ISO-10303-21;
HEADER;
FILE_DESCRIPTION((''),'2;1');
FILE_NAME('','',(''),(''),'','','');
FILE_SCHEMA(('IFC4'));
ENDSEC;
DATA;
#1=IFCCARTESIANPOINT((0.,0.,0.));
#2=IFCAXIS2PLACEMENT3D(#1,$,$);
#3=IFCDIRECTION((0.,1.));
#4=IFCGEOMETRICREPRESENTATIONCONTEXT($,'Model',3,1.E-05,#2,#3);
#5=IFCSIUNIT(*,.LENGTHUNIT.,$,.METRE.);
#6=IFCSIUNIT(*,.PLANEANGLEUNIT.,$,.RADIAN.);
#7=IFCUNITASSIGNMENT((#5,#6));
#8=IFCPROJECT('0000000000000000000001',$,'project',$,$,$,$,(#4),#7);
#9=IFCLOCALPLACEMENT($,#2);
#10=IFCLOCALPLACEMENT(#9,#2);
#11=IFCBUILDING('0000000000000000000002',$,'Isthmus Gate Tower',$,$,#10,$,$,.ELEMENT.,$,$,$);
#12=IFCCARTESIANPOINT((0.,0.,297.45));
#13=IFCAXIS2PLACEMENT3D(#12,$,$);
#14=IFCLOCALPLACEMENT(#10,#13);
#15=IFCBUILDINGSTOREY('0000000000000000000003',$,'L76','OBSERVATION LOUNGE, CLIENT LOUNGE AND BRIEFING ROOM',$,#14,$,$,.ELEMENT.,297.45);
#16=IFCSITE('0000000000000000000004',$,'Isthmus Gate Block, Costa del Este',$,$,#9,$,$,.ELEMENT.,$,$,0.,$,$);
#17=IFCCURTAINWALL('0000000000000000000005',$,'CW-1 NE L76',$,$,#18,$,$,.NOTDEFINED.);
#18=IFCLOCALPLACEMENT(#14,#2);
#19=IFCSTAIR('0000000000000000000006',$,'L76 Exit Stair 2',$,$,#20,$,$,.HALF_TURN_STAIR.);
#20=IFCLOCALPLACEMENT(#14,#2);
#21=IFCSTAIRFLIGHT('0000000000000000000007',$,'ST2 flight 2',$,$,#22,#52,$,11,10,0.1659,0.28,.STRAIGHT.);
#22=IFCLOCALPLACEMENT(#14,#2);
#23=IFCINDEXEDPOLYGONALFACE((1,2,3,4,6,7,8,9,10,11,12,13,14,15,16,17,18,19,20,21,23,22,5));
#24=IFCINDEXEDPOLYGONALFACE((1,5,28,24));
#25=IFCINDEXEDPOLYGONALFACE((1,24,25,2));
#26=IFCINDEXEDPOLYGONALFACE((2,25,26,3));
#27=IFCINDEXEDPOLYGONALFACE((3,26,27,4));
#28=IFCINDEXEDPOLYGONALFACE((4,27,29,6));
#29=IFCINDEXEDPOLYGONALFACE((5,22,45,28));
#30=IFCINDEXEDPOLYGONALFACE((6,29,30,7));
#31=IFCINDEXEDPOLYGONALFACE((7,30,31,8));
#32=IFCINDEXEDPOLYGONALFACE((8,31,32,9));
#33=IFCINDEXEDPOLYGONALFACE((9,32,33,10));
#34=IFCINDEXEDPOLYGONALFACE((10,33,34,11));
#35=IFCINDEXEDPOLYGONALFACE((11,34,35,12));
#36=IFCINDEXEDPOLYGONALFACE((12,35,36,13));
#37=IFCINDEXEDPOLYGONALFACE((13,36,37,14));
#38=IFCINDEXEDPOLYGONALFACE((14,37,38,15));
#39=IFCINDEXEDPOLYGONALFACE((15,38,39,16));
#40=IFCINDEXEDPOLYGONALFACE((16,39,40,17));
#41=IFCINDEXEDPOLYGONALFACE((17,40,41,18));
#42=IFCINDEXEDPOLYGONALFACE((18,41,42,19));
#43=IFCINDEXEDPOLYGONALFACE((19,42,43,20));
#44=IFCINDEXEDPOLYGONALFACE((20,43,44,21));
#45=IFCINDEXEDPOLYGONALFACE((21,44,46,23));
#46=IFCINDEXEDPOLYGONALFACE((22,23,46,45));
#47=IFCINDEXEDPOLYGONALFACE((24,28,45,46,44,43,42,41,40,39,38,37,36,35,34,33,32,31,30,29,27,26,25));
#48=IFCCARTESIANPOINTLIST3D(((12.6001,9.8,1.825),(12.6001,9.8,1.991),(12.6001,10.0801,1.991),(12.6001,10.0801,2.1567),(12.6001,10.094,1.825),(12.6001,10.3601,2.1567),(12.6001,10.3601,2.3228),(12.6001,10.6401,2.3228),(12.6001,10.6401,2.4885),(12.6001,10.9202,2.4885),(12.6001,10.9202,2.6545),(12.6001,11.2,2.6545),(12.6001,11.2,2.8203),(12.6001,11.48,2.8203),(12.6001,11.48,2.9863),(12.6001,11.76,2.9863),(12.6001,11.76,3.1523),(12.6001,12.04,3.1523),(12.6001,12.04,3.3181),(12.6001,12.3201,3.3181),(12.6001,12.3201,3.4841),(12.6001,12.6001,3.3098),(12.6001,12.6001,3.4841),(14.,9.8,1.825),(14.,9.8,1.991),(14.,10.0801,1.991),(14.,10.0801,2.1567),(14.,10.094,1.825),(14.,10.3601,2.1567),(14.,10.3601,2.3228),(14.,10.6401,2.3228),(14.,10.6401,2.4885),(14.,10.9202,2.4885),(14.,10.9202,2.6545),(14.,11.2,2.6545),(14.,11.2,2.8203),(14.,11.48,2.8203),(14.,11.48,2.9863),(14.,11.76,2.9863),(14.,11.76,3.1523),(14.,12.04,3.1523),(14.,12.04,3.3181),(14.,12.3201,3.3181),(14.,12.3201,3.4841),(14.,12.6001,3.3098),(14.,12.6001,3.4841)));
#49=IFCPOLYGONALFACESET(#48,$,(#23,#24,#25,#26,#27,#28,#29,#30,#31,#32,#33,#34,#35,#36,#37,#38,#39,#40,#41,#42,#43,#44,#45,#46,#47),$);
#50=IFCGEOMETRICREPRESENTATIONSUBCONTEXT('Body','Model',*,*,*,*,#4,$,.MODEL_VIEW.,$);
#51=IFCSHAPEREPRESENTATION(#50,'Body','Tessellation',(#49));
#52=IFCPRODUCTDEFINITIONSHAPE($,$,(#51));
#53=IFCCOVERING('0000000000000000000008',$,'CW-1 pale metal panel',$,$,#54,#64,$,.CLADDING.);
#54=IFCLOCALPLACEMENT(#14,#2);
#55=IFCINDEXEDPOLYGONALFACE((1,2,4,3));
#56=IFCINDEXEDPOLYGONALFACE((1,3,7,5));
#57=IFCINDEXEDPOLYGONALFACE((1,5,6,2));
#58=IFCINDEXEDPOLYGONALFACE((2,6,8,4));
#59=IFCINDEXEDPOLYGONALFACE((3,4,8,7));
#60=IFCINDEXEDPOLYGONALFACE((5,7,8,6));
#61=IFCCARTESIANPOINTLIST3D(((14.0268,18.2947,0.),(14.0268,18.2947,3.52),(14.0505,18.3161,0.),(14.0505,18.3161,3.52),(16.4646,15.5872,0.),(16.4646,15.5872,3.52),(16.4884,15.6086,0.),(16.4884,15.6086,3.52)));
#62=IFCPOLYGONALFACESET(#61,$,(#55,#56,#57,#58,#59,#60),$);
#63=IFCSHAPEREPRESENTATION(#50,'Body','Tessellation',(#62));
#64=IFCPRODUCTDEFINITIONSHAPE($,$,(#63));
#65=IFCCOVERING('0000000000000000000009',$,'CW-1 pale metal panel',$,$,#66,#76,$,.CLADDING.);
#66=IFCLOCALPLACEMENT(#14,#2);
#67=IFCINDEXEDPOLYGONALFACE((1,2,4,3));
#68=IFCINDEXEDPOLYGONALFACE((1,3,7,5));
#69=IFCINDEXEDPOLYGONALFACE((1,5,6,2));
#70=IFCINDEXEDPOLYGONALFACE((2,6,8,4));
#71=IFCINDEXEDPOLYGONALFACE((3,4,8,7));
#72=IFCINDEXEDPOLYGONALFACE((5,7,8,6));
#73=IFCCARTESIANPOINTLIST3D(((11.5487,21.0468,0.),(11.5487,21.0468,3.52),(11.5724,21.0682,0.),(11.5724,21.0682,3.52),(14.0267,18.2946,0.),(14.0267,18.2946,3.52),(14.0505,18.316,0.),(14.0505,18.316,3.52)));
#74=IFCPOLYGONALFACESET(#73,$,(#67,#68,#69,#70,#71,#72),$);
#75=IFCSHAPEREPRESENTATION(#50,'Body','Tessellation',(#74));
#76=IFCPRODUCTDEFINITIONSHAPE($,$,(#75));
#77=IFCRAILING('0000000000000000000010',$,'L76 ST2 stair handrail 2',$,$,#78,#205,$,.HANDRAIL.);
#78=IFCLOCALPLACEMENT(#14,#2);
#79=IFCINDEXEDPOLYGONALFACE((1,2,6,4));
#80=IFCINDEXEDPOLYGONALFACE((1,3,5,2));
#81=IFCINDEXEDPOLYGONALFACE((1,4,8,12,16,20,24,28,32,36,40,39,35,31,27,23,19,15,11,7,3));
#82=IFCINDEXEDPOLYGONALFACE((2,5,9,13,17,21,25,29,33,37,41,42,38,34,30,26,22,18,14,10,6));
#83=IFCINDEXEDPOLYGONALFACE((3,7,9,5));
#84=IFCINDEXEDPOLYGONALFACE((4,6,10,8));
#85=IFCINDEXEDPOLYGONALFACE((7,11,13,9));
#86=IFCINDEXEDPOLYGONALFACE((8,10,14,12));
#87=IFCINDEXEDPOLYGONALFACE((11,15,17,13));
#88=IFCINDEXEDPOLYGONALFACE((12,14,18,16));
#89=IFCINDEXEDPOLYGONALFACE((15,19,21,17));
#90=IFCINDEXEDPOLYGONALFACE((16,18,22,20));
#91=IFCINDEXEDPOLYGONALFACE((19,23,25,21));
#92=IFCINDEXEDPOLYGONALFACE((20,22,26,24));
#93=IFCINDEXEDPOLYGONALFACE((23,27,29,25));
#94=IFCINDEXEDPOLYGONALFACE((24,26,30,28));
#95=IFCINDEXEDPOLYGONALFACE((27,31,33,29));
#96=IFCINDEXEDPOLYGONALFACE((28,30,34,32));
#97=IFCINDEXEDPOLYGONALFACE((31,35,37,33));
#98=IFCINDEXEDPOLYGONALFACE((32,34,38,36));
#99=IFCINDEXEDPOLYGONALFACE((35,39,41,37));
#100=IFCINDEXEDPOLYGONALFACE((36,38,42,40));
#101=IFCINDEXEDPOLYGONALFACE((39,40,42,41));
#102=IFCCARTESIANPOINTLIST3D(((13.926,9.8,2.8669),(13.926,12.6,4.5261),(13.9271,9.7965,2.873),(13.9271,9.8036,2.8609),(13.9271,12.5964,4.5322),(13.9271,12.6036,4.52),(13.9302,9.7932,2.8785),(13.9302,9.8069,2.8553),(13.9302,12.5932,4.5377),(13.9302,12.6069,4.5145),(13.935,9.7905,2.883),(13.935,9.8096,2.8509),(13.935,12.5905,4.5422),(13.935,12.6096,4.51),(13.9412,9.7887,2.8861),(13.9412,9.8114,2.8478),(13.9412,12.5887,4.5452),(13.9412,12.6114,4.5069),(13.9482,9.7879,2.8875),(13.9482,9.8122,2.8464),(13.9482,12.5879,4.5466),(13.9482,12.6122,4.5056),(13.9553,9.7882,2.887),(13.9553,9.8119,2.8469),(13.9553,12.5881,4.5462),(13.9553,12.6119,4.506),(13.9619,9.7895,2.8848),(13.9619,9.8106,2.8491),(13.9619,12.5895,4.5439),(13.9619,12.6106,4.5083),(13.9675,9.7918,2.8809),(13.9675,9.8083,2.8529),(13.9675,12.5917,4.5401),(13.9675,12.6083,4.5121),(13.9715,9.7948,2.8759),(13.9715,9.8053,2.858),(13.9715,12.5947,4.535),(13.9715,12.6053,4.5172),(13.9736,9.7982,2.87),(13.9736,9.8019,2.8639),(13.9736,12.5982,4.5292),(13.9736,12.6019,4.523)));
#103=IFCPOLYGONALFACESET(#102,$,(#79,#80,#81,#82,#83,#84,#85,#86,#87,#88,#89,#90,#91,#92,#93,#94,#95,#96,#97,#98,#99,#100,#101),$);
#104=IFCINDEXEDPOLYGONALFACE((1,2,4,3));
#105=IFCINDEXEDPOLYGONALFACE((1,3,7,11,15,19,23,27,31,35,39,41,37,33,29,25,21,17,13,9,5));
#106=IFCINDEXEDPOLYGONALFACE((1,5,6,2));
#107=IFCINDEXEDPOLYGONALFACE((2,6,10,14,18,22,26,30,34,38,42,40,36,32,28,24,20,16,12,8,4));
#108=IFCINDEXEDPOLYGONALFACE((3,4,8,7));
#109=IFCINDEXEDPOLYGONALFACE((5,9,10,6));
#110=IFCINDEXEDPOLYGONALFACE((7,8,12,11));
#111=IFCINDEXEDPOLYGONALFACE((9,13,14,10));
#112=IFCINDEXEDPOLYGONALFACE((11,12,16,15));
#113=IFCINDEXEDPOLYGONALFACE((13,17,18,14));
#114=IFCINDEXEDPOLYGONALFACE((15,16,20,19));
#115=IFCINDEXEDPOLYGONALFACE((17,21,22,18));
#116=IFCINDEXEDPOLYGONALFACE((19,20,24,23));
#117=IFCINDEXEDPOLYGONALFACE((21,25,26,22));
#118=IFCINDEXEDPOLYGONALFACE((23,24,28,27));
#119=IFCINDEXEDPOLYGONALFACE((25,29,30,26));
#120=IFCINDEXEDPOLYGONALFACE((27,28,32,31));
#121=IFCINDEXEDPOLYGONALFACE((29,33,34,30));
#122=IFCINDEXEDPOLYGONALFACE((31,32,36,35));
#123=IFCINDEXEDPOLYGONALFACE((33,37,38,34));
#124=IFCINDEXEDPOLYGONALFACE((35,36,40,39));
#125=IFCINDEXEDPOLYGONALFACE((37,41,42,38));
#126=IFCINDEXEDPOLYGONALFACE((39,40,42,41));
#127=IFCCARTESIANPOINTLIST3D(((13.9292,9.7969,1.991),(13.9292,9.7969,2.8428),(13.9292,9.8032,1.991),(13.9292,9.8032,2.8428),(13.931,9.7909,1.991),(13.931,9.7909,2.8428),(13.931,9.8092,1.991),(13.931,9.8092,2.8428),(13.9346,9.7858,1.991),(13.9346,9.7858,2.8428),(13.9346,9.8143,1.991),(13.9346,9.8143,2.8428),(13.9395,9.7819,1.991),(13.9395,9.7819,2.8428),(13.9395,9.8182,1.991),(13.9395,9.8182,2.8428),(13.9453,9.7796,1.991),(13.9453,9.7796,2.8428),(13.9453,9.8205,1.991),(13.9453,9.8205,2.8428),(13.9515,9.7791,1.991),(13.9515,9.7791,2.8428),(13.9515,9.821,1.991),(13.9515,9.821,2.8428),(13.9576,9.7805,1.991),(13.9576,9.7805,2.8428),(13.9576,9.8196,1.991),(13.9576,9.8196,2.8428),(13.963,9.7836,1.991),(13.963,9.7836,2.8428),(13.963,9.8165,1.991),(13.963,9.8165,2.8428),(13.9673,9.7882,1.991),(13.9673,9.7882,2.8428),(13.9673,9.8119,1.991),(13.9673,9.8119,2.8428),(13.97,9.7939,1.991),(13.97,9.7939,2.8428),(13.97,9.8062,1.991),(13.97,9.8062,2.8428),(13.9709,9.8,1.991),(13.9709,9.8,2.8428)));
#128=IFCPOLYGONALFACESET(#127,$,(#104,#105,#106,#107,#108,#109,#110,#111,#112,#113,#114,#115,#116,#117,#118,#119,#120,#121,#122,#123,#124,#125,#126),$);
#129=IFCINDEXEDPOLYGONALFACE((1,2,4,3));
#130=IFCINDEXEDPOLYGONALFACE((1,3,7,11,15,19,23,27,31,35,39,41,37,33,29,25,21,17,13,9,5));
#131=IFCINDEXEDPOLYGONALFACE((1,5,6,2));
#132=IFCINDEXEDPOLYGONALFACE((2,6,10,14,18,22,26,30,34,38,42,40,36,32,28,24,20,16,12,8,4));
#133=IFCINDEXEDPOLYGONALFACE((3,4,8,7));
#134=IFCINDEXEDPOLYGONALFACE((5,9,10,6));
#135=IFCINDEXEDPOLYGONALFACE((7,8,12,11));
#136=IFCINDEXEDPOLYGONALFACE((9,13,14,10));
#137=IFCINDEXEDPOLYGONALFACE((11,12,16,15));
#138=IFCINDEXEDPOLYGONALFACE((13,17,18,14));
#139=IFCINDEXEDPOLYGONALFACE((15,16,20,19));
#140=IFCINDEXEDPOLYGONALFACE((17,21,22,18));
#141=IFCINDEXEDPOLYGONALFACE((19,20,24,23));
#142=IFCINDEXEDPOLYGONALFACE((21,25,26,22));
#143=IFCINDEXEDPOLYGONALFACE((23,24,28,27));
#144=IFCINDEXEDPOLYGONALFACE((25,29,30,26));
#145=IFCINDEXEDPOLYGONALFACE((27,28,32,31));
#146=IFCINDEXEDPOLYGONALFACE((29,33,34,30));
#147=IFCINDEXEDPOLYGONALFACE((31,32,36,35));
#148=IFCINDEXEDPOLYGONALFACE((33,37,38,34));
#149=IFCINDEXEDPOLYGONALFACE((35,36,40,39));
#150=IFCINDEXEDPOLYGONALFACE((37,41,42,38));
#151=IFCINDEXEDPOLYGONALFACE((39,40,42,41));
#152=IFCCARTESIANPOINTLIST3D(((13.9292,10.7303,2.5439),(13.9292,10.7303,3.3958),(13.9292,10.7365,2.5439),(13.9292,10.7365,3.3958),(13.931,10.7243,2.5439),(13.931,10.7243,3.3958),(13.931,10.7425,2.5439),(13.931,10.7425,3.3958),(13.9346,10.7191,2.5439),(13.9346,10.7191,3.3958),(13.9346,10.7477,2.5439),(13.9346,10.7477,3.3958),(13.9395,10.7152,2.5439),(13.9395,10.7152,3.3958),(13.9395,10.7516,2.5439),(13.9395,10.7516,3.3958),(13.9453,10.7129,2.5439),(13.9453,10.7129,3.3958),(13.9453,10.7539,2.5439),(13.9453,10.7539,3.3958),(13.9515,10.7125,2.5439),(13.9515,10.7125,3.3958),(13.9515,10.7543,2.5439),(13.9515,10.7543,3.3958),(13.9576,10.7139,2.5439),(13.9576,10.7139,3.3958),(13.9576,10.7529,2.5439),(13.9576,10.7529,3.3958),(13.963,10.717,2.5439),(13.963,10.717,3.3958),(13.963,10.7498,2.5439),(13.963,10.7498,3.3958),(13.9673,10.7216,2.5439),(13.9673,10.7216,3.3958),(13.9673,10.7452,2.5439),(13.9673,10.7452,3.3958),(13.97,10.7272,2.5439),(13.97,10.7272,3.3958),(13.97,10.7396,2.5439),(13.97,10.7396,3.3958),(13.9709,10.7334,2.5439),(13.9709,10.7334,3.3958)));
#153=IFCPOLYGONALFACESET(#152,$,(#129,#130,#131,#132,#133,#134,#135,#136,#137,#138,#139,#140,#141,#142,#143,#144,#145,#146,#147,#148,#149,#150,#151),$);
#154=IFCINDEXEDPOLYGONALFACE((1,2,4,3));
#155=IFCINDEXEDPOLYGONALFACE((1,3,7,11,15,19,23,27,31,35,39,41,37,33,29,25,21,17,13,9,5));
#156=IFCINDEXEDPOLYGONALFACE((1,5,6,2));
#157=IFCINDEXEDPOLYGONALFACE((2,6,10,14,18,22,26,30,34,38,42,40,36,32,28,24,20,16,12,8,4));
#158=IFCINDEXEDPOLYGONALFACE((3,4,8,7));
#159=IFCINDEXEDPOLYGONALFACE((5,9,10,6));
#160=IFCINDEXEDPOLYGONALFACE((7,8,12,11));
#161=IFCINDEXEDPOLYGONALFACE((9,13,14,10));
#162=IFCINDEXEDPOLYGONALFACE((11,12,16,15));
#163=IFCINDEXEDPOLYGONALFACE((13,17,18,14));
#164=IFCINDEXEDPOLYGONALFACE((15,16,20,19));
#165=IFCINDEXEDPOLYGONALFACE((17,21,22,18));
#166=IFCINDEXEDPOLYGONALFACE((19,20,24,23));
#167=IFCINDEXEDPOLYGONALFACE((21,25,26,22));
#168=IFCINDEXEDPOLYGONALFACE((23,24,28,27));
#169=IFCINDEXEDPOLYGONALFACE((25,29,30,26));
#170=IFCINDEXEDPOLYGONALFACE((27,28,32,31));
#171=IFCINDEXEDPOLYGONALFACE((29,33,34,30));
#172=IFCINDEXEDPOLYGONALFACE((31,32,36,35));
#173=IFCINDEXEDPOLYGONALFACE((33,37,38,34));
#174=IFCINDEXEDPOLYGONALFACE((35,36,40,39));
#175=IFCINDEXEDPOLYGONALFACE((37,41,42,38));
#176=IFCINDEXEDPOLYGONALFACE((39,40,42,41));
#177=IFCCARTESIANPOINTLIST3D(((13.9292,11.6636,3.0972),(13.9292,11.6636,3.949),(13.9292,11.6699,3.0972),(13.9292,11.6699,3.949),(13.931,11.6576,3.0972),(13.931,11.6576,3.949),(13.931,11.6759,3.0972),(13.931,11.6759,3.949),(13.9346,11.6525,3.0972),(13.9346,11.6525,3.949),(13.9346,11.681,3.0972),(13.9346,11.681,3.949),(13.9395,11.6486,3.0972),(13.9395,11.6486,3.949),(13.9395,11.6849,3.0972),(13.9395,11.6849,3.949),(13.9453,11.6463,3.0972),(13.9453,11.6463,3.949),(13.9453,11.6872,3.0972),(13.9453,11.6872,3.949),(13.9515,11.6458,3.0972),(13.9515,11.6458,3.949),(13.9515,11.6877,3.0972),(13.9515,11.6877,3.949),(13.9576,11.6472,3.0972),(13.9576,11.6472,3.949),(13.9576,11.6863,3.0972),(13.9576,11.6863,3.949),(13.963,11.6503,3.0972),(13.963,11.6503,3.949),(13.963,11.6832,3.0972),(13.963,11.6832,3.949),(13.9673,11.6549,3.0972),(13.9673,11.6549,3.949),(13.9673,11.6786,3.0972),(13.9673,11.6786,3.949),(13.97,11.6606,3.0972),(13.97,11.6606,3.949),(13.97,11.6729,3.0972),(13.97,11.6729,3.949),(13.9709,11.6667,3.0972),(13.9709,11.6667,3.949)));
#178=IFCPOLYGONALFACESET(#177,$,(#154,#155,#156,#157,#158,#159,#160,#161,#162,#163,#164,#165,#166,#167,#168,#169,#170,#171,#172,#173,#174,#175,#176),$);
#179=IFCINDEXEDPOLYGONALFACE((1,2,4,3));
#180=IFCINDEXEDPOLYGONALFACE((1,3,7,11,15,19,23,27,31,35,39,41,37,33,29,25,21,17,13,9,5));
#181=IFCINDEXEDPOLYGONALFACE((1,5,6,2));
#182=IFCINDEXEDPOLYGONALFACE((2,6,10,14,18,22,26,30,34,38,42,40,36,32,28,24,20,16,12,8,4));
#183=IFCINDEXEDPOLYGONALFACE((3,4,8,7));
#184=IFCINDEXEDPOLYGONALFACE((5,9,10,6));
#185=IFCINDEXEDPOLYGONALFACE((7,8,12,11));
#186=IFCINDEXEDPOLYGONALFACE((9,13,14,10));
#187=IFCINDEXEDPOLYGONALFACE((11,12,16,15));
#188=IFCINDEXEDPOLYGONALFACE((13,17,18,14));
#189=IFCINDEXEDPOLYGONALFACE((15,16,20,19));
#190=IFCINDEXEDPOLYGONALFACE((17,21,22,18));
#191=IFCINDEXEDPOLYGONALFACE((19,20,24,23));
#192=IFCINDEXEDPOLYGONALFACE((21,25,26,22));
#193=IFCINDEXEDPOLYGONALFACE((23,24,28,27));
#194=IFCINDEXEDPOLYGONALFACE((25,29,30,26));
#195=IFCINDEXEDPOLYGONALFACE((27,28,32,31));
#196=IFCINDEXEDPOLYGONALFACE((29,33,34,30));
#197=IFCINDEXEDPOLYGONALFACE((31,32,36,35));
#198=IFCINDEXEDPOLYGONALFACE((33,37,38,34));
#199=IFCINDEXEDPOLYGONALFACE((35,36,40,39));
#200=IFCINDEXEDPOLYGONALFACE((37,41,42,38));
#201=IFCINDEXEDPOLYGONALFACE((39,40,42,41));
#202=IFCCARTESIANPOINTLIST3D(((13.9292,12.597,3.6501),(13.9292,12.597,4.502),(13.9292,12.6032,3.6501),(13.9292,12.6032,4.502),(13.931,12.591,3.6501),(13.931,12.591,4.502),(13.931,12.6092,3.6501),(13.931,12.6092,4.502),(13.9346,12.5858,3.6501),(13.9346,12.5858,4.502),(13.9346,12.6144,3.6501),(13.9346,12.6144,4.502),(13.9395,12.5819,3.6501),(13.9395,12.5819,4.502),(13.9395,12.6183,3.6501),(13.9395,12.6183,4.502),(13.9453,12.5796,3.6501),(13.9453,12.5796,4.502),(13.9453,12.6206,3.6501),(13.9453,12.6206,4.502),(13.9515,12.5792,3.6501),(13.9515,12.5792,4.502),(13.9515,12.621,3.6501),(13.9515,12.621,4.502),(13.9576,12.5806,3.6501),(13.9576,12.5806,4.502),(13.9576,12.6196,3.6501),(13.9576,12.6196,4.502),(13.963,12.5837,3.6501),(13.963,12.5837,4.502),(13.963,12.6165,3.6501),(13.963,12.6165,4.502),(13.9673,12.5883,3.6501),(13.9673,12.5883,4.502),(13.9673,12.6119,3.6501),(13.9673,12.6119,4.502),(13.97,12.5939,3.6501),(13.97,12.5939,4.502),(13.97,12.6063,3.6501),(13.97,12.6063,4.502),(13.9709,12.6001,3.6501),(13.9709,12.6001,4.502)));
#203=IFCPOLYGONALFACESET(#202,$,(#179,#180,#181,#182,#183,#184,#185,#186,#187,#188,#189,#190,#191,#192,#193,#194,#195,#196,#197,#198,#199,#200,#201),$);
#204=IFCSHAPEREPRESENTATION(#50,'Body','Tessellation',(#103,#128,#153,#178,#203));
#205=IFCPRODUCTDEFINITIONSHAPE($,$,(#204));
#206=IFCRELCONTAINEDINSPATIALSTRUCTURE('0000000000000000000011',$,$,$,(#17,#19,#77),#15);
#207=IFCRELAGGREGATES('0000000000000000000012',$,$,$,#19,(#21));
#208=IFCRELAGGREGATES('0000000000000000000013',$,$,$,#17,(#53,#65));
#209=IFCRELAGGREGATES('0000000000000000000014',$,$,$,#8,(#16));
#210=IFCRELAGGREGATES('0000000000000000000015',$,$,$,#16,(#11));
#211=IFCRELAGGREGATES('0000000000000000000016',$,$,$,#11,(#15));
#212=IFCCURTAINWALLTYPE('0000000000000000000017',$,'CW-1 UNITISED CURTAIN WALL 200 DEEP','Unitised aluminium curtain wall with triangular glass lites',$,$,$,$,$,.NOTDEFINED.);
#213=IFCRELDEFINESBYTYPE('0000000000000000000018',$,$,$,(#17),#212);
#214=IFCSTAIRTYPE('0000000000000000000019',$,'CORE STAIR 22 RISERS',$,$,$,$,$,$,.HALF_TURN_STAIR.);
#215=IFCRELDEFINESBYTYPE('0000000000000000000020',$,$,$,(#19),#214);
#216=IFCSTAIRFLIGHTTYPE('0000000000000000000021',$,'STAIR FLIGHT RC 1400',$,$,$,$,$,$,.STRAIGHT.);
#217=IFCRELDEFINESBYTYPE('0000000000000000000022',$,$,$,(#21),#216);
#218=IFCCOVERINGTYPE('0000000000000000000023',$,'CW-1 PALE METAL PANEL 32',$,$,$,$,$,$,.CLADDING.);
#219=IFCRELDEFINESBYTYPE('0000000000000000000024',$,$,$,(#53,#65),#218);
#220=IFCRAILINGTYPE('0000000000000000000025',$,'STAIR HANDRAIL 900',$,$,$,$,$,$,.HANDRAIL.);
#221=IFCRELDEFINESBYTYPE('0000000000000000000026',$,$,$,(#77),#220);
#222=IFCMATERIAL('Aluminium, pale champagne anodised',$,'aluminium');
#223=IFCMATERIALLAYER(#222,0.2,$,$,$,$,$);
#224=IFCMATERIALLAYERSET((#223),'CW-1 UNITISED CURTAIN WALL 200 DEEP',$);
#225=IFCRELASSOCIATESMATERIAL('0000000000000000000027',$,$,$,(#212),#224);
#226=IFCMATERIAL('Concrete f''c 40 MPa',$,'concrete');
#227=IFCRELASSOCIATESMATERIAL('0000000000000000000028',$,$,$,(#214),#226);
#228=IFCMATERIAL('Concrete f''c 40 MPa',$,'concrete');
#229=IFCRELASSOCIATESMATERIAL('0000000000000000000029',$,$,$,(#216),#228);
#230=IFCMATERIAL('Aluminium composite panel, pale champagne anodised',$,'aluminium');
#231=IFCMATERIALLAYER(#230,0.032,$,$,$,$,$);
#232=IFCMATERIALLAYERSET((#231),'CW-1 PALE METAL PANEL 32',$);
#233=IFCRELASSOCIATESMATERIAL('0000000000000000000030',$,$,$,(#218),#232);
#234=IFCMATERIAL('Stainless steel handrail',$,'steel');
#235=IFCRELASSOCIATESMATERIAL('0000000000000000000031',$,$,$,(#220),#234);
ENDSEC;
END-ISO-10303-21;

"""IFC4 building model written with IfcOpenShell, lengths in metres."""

from ifc_helpers import new_model, si_unit, direction, frame, origin, origin_2d, place, context, subcontext, project, spatial, polyline, rectangle, circle, outline, extrude, material, layer, layer_set, type_object, element, aggregate, save


model = new_model("IFC4")

# Units and contexts
model_context = context("Model", 3, precision=1e-05, world=origin(), true_north=direction((0.0, 1.0)))
body_context = subcontext(model_context, "Body", "Model", "MODEL_VIEW")
ifc_project = project(units=[si_unit("LENGTHUNIT", "METRE"), si_unit("PLANEANGLEUNIT", "RADIAN")], contexts=[model_context])

# Site, building, storey
site_placement = place(None, origin())
site = spatial("IfcSite", under=ifc_project, at=site_placement, Name="Isthmus Gate Block, Costa del Este", CompositionType="ELEMENT", RefElevation=0.0)
building_placement = place(site_placement, origin())
building = spatial("IfcBuilding", under=site, at=building_placement, Name="Isthmus Gate Tower", CompositionType="ELEMENT")
storey_placement = place(building_placement, frame((0.0, 0.0, 297.45)))
storey = spatial("IfcBuildingStorey", under=building, at=storey_placement, Name="L76", Description="OBSERVATION LOUNGE, CLIENT LOUNGE AND BRIEFING ROOM", CompositionType="ELEMENT", Elevation=297.45)

# Curtain wall
ifc_material_1 = material(Name="Aluminium, pale champagne anodised", Category="aluminium")
ifc_layer_1 = layer(ifc_material_1, 0.2)
ifc_layer_set_1 = layer_set([ifc_layer_1], Name="CW-1 UNITISED CURTAIN WALL 200 DEEP")
curtain_wall_type = type_object("IfcCurtainWallType", Name="CW-1 UNITISED CURTAIN WALL 200 DEEP", Description="Unitised aluminium curtain wall with triangular glass lites", PredefinedType="NOTDEFINED", material=ifc_layer_set_1)
curtain_wall_placement = place(storey_placement, origin())
curtain_wall = element("IfcCurtainWall", 1, at=curtain_wall_placement, inside=storey, type_object=curtain_wall_type, Name="CW-1 NE L76", PredefinedType="NOTDEFINED")

# Stair, stair flight
ifc_material_2 = material(Name="Concrete f'c 40 MPa", Category="concrete")
stair_type = type_object("IfcStairType", Name="CORE STAIR 22 RISERS", PredefinedType="HALF_TURN_STAIR", material=ifc_material_2)
stair_placement = place(storey_placement, origin())
stair = element("IfcStair", 2, at=stair_placement, inside=storey, type_object=stair_type, Name="L76 Exit Stair 2", PredefinedType="HALF_TURN_STAIR")
ifc_material_3 = material(Name="Concrete f'c 40 MPa", Category="concrete")
stair_flight_type = type_object("IfcStairFlightType", Name="STAIR FLIGHT RC 1400", PredefinedType="STRAIGHT", material=ifc_material_3)
stair_flight_placement = place(storey_placement, frame((13.3, 9.8, 1.825), z_axis=(0.0, 0.0, 1.0), x_axis=(0.0, 1.0, 0.0)))
stair_flight = element("IfcStairFlight", 3, at=stair_flight_placement, type_object=stair_flight_type, Name="ST2 flight 2", NumberOfRisers=11, NumberOfTreads=10, PredefinedType="STRAIGHT", RiserHeight=0.1659, TreadLength=0.28, context=body_context, shape_type="SweptSolid", body=[
    extrude(outline(polyline([(0.0, 0.0), (0.0, 0.166), (0.28, 0.166), (0.28, 0.3318), (0.5601, 0.3318), (0.5601, 0.4978), (0.8401, 0.4978), (0.8401, 0.6636), (1.1201, 0.6636), (1.1201, 0.8296), (1.3999, 0.8296), (1.3999, 0.9954), (1.6799, 0.9954), (1.6799, 1.1614), (1.96, 1.1614), (1.96, 1.3274), (2.24, 1.3274), (2.24, 1.4932), (2.52, 1.4932), (2.52, 1.6592), (2.8, 1.6592), (2.8, 1.825), (2.8, 1.4849), (0.2939, 0.0), (0.0, 0.0)])), frame((0.0, 0.7, 0.0), z_axis=(0.0, -1.0, 0.0), x_axis=(1.0, 0.0, 0.0)), (0.0, 0.0, 1.0), 1.3999),
])
aggregate(stair, [stair_flight])

# Coverings
ifc_material_4 = material(Name="Aluminium composite panel, pale champagne anodised", Category="aluminium")
ifc_layer_2 = layer(ifc_material_4, 0.032)
ifc_layer_set_2 = layer_set([ifc_layer_2], Name="CW-1 PALE METAL PANEL 32")
covering_type = type_object("IfcCoveringType", Name="CW-1 PALE METAL PANEL 32", PredefinedType="CLADDING", material=ifc_layer_set_2)
covering_1_placement = place(storey_placement, frame((15.2576, 16.9517, 0.0), z_axis=(0.0, 0.0, 1.0), x_axis=(-0.669131, 0.743145, 0.0)))
covering_1 = element("IfcCovering", 4, at=covering_1_placement, type_object=covering_type, Name="CW-1 pale metal panel", PredefinedType="CLADDING", context=body_context, shape_type="SweptSolid", body=[
    extrude(rectangle(XDim=3.6433, YDim=0.032, at=origin_2d()), origin(), (0.0, 0.0, 1.0), 3.52),
])
covering_2_placement = place(storey_placement, frame((12.7996, 19.6814, 0.0), z_axis=(0.0, 0.0, 1.0), x_axis=(-0.669131, 0.743145, 0.0)))
covering_2 = element("IfcCovering", 5, at=covering_2_placement, type_object=covering_type, Name="CW-1 pale metal panel", PredefinedType="CLADDING", context=body_context, shape_type="SweptSolid", body=[
    extrude(rectangle(XDim=3.7034, YDim=0.032, at=origin_2d()), origin(), (0.0, 0.0, 1.0), 3.52),
])
aggregate(curtain_wall, [covering_1, covering_2])

# Railing
ifc_material_5 = material(Name="Stainless steel handrail", Category="steel")
railing_type = type_object("IfcRailingType", Name="STAIR HANDRAIL 900", PredefinedType="HANDRAIL", material=ifc_material_5)
railing_placement = place(storey_placement, frame((13.95, 9.8, 1.991)))
element("IfcRailing", 6, at=railing_placement, inside=storey, type_object=railing_type, Name="L76 ST2 stair handrail 2", PredefinedType="HANDRAIL", context=body_context, shape_type="SweptSolid", body=[
    extrude(circle(Radius=0.0239, at=origin_2d()), frame((0.0, 0.0, 0.876), z_axis=(0.0, 0.860306, 0.509778), x_axis=(-1.0, 0.0, 0.0)), (0.0, 0.0, 1.0), 3.2546),
    extrude(circle(Radius=0.021, at=origin_2d()), origin(), (0.0, 0.0, 1.0), 0.8518),
    extrude(circle(Radius=0.021, at=origin_2d()), frame((0.0, 0.9333, 0.553)), (0.0, 0.0, 1.0), 0.8518),
    extrude(circle(Radius=0.021, at=origin_2d()), frame((0.0, 1.8667, 1.1062)), (0.0, 0.0, 1.0), 0.8518),
    extrude(circle(Radius=0.021, at=origin_2d()), frame((0.0, 2.8, 1.6592)), (0.0, 0.0, 1.0), 0.8518),
])

save(model, "model.ifc")
